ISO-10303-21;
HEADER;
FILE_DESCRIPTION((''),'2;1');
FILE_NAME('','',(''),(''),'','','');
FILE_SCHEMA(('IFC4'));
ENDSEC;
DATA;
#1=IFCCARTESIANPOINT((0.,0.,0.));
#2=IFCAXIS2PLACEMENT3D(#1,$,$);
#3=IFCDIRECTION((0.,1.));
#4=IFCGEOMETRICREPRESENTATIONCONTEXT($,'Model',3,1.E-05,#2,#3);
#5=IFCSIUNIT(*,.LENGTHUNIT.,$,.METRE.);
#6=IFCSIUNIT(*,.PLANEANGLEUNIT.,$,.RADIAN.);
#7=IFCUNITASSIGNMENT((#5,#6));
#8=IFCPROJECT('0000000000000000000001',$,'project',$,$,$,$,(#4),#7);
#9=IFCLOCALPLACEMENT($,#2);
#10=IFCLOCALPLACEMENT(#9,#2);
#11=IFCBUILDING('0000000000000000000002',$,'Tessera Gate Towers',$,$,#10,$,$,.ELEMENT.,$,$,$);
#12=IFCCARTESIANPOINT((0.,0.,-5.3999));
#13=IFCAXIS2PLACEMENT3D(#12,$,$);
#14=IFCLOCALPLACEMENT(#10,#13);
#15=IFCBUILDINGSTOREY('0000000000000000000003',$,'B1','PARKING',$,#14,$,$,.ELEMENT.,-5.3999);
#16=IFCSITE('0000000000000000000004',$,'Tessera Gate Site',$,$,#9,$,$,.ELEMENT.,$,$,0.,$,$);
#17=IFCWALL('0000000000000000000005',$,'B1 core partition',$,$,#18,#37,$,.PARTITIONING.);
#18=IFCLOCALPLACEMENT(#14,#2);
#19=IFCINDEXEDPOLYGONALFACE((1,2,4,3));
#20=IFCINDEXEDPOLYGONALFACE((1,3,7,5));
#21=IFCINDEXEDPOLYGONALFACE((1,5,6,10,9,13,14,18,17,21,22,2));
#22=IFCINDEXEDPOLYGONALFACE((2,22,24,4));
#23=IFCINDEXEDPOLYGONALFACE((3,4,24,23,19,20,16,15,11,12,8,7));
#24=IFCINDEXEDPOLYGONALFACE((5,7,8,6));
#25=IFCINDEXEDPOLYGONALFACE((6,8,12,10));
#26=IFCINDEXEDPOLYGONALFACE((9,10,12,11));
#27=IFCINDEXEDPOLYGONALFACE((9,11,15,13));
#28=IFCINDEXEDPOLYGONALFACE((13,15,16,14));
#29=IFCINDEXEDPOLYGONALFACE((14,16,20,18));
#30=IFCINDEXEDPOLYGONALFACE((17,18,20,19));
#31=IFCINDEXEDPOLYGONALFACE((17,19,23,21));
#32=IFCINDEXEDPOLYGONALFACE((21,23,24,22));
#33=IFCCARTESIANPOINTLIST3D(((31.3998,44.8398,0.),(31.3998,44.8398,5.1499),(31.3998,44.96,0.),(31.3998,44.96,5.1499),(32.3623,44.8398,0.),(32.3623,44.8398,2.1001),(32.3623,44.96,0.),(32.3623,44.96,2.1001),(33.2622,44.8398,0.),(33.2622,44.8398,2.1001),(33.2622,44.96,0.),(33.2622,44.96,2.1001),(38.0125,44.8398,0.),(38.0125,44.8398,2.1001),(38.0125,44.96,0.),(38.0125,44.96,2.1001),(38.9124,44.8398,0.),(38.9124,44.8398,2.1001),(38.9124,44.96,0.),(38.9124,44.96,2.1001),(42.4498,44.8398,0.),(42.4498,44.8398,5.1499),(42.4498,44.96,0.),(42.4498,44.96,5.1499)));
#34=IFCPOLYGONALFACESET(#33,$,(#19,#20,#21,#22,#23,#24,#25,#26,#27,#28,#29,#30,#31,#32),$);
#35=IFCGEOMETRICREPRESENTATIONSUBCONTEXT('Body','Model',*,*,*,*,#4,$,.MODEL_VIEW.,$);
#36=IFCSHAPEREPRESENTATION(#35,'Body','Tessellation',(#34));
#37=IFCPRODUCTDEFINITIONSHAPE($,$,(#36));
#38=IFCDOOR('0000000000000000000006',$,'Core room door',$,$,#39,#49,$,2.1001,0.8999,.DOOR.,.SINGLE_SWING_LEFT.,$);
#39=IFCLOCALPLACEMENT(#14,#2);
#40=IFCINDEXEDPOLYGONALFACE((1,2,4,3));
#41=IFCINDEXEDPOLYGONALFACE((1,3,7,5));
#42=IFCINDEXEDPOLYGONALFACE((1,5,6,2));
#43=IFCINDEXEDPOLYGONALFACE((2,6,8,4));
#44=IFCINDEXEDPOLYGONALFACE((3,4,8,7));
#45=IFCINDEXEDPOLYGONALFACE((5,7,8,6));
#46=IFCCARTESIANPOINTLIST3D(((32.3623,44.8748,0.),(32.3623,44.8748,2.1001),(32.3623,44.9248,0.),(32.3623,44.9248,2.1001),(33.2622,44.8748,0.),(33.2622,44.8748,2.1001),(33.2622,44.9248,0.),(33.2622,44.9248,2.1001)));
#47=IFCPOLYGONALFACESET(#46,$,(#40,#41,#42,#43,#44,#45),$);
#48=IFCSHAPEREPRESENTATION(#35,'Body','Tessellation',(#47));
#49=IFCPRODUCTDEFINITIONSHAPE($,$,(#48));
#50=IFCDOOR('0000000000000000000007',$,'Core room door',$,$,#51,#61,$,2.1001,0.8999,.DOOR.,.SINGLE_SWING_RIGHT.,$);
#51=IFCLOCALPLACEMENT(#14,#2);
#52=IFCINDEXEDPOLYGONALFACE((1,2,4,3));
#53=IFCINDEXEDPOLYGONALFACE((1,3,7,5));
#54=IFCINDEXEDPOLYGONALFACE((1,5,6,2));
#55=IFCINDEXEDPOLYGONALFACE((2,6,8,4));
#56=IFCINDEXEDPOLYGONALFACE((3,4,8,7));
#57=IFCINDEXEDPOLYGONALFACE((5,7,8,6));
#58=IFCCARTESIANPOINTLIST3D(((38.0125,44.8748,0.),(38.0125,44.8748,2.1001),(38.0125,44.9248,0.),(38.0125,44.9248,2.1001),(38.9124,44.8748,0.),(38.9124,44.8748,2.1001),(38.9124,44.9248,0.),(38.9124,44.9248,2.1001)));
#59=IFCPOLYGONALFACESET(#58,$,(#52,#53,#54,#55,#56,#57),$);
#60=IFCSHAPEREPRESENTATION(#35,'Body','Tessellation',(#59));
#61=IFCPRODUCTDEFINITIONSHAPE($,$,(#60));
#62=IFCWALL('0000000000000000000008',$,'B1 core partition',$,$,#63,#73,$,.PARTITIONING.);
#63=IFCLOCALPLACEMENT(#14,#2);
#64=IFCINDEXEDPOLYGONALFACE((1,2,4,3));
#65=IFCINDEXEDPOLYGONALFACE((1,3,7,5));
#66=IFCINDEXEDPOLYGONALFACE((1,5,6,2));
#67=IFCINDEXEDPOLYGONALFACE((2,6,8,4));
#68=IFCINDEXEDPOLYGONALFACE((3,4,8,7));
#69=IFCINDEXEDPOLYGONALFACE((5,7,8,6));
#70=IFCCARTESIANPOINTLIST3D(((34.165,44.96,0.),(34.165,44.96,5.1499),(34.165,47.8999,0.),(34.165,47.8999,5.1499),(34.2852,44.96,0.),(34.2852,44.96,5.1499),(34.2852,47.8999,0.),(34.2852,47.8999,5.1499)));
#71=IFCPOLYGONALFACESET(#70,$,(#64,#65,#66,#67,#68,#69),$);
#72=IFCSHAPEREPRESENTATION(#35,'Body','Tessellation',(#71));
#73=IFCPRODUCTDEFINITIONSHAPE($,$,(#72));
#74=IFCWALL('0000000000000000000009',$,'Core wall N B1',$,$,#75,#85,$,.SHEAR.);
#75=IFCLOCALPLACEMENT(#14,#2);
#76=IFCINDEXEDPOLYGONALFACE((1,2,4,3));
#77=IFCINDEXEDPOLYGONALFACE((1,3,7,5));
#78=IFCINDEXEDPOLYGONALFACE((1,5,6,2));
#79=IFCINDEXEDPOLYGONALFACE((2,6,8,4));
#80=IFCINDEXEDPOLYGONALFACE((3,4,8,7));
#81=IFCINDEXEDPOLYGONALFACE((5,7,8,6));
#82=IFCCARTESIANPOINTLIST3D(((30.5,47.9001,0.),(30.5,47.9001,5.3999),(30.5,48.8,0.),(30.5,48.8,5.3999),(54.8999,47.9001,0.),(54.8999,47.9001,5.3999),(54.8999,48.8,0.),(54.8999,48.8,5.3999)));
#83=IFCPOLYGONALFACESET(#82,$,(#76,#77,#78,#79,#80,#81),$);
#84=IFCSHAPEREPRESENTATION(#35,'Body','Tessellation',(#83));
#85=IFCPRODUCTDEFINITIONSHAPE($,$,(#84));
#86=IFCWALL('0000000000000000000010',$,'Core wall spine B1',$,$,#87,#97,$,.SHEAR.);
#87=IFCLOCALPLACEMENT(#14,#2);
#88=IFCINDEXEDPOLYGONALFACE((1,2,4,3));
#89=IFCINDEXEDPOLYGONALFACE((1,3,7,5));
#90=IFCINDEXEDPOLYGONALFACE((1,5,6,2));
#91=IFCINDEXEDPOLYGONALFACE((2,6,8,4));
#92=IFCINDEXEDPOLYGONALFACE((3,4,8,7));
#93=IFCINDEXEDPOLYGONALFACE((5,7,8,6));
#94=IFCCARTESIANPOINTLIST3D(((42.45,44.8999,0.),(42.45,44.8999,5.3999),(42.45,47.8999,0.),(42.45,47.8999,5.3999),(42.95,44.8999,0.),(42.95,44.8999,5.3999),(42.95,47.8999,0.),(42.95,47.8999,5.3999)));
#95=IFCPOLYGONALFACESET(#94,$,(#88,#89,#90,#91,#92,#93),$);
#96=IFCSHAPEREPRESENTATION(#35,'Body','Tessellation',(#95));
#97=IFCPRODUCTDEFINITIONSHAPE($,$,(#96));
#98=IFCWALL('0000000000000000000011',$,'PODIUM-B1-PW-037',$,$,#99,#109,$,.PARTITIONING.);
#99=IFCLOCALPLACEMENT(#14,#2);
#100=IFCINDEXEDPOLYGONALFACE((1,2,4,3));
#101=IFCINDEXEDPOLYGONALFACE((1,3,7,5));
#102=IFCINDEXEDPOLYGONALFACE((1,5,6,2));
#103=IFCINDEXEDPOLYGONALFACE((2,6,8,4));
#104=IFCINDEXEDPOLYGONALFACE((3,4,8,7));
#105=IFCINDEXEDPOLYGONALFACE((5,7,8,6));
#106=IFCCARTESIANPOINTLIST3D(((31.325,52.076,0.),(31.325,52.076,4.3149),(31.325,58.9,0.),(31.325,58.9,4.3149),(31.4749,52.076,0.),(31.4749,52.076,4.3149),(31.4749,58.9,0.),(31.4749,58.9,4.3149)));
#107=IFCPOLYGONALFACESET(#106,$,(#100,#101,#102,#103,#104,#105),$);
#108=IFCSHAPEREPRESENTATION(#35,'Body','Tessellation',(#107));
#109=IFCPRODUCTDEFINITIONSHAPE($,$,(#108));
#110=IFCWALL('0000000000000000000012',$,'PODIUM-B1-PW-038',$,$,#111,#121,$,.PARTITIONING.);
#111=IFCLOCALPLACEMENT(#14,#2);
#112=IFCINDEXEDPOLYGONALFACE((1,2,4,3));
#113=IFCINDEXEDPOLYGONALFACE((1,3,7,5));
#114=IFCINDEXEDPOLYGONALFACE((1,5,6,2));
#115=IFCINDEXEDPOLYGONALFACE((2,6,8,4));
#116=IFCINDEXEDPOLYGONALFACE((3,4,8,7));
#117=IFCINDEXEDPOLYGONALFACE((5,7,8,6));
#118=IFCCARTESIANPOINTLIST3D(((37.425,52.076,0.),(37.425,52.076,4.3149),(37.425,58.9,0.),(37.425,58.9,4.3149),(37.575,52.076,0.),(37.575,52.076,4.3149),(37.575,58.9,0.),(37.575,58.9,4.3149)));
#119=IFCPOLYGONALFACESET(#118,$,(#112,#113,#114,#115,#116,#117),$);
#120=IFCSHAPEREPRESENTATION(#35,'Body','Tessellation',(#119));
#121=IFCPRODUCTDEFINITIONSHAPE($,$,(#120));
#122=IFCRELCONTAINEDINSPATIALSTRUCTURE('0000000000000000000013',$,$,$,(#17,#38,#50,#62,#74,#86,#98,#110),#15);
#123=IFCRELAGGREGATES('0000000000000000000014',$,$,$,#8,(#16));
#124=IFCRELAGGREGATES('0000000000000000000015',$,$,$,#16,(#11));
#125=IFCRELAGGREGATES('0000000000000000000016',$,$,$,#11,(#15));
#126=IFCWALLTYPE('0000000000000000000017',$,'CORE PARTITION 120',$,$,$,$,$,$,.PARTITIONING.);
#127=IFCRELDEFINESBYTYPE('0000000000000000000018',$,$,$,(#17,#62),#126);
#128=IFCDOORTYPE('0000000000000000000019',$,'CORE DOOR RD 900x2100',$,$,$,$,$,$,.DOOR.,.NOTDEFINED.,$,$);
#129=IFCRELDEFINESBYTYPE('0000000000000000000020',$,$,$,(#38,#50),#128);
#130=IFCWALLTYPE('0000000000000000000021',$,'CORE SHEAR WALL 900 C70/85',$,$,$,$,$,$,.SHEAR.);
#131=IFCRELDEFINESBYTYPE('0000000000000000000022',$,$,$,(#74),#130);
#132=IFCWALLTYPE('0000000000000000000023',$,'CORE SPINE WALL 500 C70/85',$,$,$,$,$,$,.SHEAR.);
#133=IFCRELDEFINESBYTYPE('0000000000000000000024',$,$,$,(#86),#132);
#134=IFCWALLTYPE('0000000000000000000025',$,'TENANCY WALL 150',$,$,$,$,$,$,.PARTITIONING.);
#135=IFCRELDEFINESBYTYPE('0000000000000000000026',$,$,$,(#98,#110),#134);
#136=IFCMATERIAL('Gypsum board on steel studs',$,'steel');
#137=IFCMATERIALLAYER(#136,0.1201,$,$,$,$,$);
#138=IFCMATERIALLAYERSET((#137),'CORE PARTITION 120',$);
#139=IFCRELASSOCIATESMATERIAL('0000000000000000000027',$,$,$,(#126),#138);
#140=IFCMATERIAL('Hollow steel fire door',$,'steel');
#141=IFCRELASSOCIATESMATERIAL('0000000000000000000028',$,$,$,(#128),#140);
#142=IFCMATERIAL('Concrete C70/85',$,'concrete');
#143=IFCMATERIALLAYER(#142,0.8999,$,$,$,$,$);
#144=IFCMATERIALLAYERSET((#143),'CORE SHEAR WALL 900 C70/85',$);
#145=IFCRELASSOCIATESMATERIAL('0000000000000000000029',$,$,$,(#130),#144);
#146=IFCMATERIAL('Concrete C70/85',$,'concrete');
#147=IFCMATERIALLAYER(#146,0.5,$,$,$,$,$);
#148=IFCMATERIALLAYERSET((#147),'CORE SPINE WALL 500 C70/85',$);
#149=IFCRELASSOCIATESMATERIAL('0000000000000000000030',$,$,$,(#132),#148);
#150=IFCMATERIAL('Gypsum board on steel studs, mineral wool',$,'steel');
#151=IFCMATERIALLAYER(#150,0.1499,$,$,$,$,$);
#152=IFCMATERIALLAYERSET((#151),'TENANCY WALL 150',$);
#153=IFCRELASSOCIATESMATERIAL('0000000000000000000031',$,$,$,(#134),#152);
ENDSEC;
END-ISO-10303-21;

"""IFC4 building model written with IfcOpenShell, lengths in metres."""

from ifc_helpers import new_model, si_unit, direction, frame, frame_2d, origin, place, context, subcontext, project, spatial, rectangle, extrude, source, transform, mapped, material, layer, layer_set, type_object, element, fill, save


model = new_model("IFC4")

# Units and contexts
model_context = context("Model", 3, precision=1e-05, world=origin(), true_north=direction((0.0, 1.0)))
body_context = subcontext(model_context, "Body", "Model", "MODEL_VIEW")
ifc_project = project(units=[si_unit("LENGTHUNIT", "METRE"), si_unit("PLANEANGLEUNIT", "RADIAN")], contexts=[model_context])

# Site, building, storey
site_placement = place(None, origin())
site = spatial("IfcSite", under=ifc_project, at=site_placement, Name="Tessera Gate Site", CompositionType="ELEMENT", RefElevation=0.0)
building_placement = place(site_placement, origin())
building = spatial("IfcBuilding", under=site, at=building_placement, Name="Tessera Gate Towers", CompositionType="ELEMENT")
storey_placement = place(building_placement, frame((0.0, 0.0, -5.3999)))
storey = spatial("IfcBuildingStorey", under=building, at=storey_placement, Name="B1", Description="PARKING", CompositionType="ELEMENT", Elevation=-5.3999)

# Wall, openings, doors
ifc_material_1 = material(Name="Gypsum board on steel studs", Category="steel")
ifc_layer_1 = layer(ifc_material_1, 0.1201)
ifc_layer_set_1 = layer_set([ifc_layer_1], Name="CORE PARTITION 120")
wall_type_1 = type_object("IfcWallType", Name="CORE PARTITION 120", PredefinedType="PARTITIONING", material=ifc_layer_set_1)
wall_1_placement = place(storey_placement, frame((31.3999, 44.8999, 0.0), z_axis=(0.0, 0.0, 1.0), x_axis=(1.0, 0.0, 0.0)))
wall_1 = element("IfcWall", 1, at=wall_1_placement, inside=storey, type_object=wall_type_1, Name="B1 core partition", PredefinedType="PARTITIONING", context=body_context, shape_type="SweptSolid", body=[
    extrude(rectangle(XDim=11.05, YDim=0.1201, at=frame_2d((5.5249, 0.0))), origin(), (0.0, 0.0, 1.0), 5.1499),
])
shared_shape_1 = source(origin(), body_context, "Body", "SweptSolid", [
    extrude(rectangle(XDim=0.8999, YDim=2.1001, at=frame_2d((0.45, 1.05))), frame((0.0, 0.0701, 0.0), z_axis=(0.0, -1.0, 0.0), x_axis=(1.0, 0.0, 0.0)), (0.0, 0.0, 1.0), 0.1401),
])
opening_1_placement = place(wall_1_placement, frame((0.9624, 0.0, 0.0)))
opening_1 = element("IfcOpeningElement", 2, at=opening_1_placement, cuts=wall_1, PredefinedType="OPENING", context=body_context, shape_type="MappedRepresentation", body=[
    mapped(shared_shape_1, transform((0.0, 0.0, 0.0), scale=1.0)),
])
opening_2_placement = place(wall_1_placement, frame((6.6125, 0.0, 0.0)))
opening_2 = element("IfcOpeningElement", 3, at=opening_2_placement, cuts=wall_1, PredefinedType="OPENING", context=body_context, shape_type="MappedRepresentation", body=[
    mapped(shared_shape_1, transform((0.0, 0.0, 0.0), scale=1.0)),
])
ifc_material_2 = material(Name="Hollow steel fire door", Category="steel")
door_type = type_object("IfcDoorType", Name="CORE DOOR RD 900x2100", OperationType="NOTDEFINED", PredefinedType="DOOR", material=ifc_material_2)
shared_shape_2 = source(origin(), body_context, "Body", "SweptSolid", [
    extrude(rectangle(XDim=0.8999, YDim=2.1001, at=frame_2d((0.45, 1.05))), frame((0.0, 0.0249, 0.0), z_axis=(0.0, -1.0, 0.0), x_axis=(1.0, 0.0, 0.0)), (0.0, 0.0, 1.0), 0.05),
])
door_1_placement = place(opening_1_placement, origin())
door_1 = element("IfcDoor", 4, at=door_1_placement, inside=storey, type_object=door_type, Name="Core room door", OperationType="SINGLE_SWING_LEFT", OverallHeight=2.1001, OverallWidth=0.8999, PredefinedType="DOOR", context=body_context, shape_type="MappedRepresentation", body=[
    mapped(shared_shape_2, transform((0.0, 0.0, 0.0), scale=1.0)),
])
fill(opening_1, door_1)
door_2_placement = place(opening_2_placement, origin())
door_2 = element("IfcDoor", 5, at=door_2_placement, inside=storey, type_object=door_type, Name="Core room door", OperationType="SINGLE_SWING_RIGHT", OverallHeight=2.1001, OverallWidth=0.8999, PredefinedType="DOOR", context=body_context, shape_type="MappedRepresentation", body=[
    mapped(shared_shape_2, transform((0.0, 0.0, 0.0), scale=1.0)),
])
fill(opening_2, door_2)

# Walls
wall_2_placement = place(storey_placement, frame((34.2251, 44.96, 0.0), z_axis=(0.0, 0.0, 1.0), x_axis=(0.0, 1.0, 0.0)))
element("IfcWall", 6, at=wall_2_placement, inside=storey, type_object=wall_type_1, Name="B1 core partition", PredefinedType="PARTITIONING", context=body_context, shape_type="SweptSolid", body=[
    extrude(rectangle(XDim=2.9399, YDim=0.1201, at=frame_2d((1.47, 0.0))), origin(), (0.0, 0.0, 1.0), 5.1499),
])
ifc_material_3 = material(Name="Concrete C70/85", Category="concrete")
ifc_layer_2 = layer(ifc_material_3, 0.8999)
ifc_layer_set_2 = layer_set([ifc_layer_2], Name="CORE SHEAR WALL 900 C70/85")
wall_type_2 = type_object("IfcWallType", Name="CORE SHEAR WALL 900 C70/85", PredefinedType="SHEAR", material=ifc_layer_set_2)
wall_3_placement = place(storey_placement, frame((30.5, 48.3501, 0.0), z_axis=(0.0, 0.0, 1.0), x_axis=(1.0, 0.0, 0.0)))
element("IfcWall", 7, at=wall_3_placement, inside=storey, type_object=wall_type_2, Name="Core wall N B1", PredefinedType="SHEAR", context=body_context, shape_type="SweptSolid", body=[
    extrude(rectangle(XDim=24.3999, YDim=0.8999, at=frame_2d((12.2, 0.0))), origin(), (0.0, 0.0, 1.0), 5.3999),
])
ifc_material_4 = material(Name="Concrete C70/85", Category="concrete")
ifc_layer_3 = layer(ifc_material_4, 0.5)
ifc_layer_set_3 = layer_set([ifc_layer_3], Name="CORE SPINE WALL 500 C70/85")
wall_type_3 = type_object("IfcWallType", Name="CORE SPINE WALL 500 C70/85", PredefinedType="SHEAR", material=ifc_layer_set_3)
wall_4_placement = place(storey_placement, frame((42.7, 44.8999, 0.0), z_axis=(0.0, 0.0, 1.0), x_axis=(0.0, 1.0, 0.0)))
element("IfcWall", 8, at=wall_4_placement, inside=storey, type_object=wall_type_3, Name="Core wall spine B1", PredefinedType="SHEAR", context=body_context, shape_type="SweptSolid", body=[
    extrude(rectangle(XDim=3.0, YDim=0.5, at=frame_2d((1.5, 0.0))), origin(), (0.0, 0.0, 1.0), 5.3999),
])
ifc_material_5 = material(Name="Gypsum board on steel studs, mineral wool", Category="steel")
ifc_layer_4 = layer(ifc_material_5, 0.1499)
ifc_layer_set_4 = layer_set([ifc_layer_4], Name="TENANCY WALL 150")
wall_type_4 = type_object("IfcWallType", Name="TENANCY WALL 150", PredefinedType="PARTITIONING", material=ifc_layer_set_4)
for number, where, z_axis, x_axis, name in (
    (9, (31.3999, 52.0759, 0.0), (0.0, 0.0, 1.0), (0.0, 1.0, 0.0), "PODIUM-B1-PW-037"),
    (10, (37.5, 52.0759, 0.0), (0.0, 0.0, 1.0), (0.0, 1.0, 0.0), "PODIUM-B1-PW-038"),
):
    element("IfcWall", number, at=place(storey_placement, frame(where, z_axis=z_axis, x_axis=x_axis)), inside=storey, type_object=wall_type_4, Name=name, PredefinedType="PARTITIONING", context=body_context, shape_type="SweptSolid", body=[
        extrude(rectangle(XDim=6.824, YDim=0.1499, at=frame_2d((3.4121, 0.0))), origin(), (0.0, 0.0, 1.0), 4.3149),
    ])

save(model, "model.ifc")
